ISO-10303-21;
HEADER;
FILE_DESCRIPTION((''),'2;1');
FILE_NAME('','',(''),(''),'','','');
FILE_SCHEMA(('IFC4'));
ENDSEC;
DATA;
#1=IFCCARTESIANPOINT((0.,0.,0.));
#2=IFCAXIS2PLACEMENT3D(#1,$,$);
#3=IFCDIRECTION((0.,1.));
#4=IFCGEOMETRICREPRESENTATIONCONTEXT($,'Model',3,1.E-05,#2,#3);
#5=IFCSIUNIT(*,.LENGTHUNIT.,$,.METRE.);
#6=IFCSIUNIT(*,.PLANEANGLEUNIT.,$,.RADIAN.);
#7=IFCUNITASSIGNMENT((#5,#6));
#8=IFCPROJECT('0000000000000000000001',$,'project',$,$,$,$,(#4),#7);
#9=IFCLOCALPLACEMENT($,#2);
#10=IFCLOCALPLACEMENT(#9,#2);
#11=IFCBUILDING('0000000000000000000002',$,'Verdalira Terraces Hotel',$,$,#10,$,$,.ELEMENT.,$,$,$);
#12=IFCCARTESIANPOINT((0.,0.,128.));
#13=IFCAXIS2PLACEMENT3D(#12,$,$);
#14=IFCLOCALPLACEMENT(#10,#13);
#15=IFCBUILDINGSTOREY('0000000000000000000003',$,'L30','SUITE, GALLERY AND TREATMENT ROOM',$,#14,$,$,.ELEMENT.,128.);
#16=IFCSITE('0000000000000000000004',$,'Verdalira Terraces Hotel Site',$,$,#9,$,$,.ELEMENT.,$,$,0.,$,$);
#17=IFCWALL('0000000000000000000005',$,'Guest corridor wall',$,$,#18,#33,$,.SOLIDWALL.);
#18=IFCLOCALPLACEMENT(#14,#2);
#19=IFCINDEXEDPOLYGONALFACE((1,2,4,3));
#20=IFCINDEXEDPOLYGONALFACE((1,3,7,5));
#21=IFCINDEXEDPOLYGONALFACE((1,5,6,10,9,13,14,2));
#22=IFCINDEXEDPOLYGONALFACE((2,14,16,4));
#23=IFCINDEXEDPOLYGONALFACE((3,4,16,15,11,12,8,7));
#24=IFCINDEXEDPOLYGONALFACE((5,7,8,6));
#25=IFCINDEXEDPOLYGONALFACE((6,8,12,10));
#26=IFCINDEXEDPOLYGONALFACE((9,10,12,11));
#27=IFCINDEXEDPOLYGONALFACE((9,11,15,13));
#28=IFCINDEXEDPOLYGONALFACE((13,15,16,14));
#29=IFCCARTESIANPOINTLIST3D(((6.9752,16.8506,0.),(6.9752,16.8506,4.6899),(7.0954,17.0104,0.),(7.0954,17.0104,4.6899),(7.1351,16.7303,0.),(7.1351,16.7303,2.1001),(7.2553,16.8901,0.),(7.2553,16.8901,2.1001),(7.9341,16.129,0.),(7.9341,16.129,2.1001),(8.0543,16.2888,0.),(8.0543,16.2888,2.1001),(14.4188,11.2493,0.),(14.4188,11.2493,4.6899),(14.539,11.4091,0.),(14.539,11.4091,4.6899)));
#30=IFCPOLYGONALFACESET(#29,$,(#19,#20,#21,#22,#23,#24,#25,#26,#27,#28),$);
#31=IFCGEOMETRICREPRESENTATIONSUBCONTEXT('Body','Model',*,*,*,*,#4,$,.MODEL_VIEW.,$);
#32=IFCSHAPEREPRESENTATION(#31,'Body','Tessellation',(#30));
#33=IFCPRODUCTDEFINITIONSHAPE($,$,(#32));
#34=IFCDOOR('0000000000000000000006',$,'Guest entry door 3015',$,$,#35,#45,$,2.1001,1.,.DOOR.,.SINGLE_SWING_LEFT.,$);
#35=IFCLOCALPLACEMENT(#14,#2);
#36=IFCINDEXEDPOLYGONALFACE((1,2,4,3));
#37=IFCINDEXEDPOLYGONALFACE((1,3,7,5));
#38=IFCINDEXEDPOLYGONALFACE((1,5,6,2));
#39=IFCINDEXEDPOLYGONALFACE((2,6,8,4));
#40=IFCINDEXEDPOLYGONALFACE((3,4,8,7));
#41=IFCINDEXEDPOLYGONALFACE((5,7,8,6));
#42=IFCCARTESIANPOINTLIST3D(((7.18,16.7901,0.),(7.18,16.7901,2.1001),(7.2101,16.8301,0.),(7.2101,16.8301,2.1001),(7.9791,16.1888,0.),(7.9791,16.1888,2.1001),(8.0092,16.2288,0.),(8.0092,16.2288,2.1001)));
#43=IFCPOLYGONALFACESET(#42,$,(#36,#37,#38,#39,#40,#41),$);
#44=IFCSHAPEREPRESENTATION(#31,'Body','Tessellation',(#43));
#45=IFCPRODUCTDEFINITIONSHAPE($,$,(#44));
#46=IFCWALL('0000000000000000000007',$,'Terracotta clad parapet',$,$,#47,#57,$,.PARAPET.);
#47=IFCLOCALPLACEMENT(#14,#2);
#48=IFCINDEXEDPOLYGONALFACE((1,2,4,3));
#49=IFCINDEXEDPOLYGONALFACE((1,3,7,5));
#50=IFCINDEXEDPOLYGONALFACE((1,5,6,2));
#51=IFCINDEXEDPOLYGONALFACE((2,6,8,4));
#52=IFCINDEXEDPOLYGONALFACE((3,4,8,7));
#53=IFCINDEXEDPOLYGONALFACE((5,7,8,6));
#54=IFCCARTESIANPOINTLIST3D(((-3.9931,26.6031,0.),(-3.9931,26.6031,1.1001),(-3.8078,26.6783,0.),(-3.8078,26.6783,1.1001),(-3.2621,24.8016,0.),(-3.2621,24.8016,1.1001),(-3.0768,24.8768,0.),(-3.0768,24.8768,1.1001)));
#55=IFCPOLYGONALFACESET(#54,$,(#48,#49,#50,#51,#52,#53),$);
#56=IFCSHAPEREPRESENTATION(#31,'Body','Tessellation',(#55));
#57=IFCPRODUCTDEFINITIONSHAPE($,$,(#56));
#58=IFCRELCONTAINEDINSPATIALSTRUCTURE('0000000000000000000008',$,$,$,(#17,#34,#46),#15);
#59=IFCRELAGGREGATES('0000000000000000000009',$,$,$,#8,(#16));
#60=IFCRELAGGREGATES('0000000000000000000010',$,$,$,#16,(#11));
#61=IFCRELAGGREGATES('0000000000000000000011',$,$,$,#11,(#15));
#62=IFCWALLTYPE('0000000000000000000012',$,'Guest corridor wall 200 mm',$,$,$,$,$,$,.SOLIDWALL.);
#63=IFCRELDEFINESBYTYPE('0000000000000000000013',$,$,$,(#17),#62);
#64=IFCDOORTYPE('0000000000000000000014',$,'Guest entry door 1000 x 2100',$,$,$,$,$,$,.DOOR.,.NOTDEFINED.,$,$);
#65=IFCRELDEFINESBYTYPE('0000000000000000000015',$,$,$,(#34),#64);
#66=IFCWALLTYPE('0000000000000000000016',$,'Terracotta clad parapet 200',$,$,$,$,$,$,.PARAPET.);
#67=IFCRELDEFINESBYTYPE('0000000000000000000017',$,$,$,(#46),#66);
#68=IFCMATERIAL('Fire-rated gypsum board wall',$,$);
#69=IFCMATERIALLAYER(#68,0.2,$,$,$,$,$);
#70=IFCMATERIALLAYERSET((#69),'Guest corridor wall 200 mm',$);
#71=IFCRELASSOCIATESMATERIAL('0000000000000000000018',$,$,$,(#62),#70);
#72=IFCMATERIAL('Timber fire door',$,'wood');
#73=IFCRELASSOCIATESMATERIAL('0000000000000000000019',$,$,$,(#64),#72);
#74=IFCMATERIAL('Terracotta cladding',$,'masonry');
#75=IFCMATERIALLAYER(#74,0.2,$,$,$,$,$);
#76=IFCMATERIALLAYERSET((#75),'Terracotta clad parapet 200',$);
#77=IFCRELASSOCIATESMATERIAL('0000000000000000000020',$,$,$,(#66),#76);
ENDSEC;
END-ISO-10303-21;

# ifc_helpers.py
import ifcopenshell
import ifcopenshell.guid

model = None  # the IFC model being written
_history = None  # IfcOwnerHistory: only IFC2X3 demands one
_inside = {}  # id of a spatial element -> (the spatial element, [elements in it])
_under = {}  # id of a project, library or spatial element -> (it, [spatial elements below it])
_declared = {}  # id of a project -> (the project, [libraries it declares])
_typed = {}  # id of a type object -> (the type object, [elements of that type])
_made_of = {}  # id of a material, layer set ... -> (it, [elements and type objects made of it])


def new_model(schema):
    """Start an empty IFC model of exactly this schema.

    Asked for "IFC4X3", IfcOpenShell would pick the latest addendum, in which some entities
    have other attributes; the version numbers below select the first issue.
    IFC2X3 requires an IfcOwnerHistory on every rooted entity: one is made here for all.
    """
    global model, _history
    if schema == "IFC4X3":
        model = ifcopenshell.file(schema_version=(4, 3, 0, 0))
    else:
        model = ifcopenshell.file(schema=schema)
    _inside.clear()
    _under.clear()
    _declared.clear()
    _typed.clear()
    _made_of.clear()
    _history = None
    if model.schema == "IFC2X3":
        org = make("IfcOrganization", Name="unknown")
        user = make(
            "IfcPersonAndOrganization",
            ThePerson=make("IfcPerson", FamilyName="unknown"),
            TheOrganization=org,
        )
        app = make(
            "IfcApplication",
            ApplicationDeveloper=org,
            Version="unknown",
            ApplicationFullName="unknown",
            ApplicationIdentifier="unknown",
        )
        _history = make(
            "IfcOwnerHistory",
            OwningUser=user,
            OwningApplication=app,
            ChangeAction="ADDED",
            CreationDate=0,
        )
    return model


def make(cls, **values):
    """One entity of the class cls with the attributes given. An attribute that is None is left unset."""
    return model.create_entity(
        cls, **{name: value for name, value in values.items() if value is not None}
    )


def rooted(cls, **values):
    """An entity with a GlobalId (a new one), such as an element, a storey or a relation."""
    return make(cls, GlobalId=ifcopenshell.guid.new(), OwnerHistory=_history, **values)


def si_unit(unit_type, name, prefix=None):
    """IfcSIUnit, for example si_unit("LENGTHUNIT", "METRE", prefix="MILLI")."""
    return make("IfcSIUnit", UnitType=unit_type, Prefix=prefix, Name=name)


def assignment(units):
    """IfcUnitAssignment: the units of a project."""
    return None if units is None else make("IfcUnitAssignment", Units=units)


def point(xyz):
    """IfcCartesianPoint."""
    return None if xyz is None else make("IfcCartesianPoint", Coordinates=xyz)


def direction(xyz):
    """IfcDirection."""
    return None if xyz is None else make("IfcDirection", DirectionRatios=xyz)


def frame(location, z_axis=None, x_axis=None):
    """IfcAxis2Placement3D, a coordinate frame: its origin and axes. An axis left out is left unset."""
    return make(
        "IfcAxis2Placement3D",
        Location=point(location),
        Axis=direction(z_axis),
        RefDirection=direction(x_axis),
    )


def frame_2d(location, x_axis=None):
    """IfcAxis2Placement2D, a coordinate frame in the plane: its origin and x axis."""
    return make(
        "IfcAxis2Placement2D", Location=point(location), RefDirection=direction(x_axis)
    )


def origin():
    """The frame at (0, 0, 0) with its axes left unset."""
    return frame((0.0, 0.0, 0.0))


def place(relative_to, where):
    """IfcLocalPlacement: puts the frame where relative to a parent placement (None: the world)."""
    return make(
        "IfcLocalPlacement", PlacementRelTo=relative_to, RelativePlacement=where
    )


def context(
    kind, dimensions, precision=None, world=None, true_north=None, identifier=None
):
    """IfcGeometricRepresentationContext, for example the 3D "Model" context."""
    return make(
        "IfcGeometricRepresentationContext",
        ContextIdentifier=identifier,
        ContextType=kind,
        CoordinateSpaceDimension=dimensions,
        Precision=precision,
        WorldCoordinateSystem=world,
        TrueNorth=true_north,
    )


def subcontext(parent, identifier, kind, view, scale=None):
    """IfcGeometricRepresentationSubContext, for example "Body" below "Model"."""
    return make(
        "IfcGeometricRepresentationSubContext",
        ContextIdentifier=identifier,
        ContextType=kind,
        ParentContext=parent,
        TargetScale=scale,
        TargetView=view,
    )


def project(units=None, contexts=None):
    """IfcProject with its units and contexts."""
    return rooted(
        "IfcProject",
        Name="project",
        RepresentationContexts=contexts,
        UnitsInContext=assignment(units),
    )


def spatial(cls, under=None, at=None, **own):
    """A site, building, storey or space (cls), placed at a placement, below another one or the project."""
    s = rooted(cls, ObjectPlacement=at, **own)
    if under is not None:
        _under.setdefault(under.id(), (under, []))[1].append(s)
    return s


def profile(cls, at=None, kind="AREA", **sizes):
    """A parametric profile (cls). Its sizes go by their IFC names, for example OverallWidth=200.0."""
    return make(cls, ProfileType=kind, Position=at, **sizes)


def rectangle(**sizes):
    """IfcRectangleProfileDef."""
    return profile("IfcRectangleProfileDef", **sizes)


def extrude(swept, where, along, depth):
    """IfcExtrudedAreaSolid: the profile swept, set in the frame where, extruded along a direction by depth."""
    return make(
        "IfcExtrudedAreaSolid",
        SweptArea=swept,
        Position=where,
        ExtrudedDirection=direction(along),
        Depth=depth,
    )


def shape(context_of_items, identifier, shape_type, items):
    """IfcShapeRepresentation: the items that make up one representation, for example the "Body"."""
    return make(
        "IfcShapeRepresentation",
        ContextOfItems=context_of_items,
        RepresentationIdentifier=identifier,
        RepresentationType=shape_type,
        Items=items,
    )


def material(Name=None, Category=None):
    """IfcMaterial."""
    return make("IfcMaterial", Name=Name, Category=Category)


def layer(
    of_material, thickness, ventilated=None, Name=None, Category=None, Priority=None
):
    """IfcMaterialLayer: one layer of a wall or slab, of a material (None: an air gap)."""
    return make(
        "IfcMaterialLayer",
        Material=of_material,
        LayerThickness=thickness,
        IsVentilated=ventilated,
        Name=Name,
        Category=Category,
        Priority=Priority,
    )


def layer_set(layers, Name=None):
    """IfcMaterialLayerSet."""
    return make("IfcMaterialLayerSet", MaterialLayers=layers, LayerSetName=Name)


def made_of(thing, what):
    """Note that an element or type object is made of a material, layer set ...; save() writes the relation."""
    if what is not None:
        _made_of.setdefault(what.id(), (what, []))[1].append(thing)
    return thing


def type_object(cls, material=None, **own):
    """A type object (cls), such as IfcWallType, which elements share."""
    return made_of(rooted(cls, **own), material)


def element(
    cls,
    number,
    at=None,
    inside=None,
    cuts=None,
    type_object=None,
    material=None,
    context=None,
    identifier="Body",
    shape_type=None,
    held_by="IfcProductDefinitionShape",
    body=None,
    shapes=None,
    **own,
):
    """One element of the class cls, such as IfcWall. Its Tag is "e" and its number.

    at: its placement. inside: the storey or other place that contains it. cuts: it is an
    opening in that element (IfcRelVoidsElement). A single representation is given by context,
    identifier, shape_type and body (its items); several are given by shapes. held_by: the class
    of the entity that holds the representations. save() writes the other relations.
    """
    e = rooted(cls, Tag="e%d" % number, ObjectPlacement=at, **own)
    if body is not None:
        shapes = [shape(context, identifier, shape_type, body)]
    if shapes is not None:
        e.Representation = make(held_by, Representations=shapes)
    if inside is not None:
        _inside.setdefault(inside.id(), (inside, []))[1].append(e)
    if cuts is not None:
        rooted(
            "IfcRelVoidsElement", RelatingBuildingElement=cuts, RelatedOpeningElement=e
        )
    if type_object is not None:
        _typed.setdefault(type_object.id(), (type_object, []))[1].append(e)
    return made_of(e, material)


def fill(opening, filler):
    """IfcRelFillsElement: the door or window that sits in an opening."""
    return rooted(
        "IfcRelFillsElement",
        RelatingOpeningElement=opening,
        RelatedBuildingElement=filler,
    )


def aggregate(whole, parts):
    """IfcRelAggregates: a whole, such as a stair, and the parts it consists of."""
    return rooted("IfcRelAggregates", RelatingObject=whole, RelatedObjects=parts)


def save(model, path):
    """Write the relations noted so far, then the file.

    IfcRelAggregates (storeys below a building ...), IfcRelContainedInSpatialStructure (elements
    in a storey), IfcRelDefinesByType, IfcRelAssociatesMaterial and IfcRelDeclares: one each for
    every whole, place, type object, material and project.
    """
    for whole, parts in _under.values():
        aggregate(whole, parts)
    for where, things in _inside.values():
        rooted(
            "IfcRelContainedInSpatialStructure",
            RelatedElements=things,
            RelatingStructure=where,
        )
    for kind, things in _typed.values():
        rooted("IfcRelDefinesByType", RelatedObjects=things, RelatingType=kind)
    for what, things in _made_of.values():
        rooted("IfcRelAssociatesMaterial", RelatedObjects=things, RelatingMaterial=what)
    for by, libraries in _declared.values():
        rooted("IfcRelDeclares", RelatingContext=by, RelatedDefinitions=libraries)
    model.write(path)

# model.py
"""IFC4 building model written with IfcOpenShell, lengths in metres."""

from ifc_helpers import new_model, si_unit, direction, frame, frame_2d, origin, place, context, subcontext, project, spatial, rectangle, extrude, material, layer, layer_set, type_object, element, fill, save


model = new_model("IFC4")

# Units and contexts
model_context = context("Model", 3, precision=1e-05, world=origin(), true_north=direction((0.0, 1.0)))
body_context = subcontext(model_context, "Body", "Model", "MODEL_VIEW")
ifc_project = project(units=[si_unit("LENGTHUNIT", "METRE"), si_unit("PLANEANGLEUNIT", "RADIAN")], contexts=[model_context])

# Site, building, storey
site_placement = place(None, origin())
site = spatial("IfcSite", under=ifc_project, at=site_placement, Name="Verdalira Terraces Hotel Site", CompositionType="ELEMENT", RefElevation=0.0)
building_placement = place(site_placement, origin())
building = spatial("IfcBuilding", under=site, at=building_placement, Name="Verdalira Terraces Hotel", CompositionType="ELEMENT")
storey_placement = place(building_placement, frame((0.0, 0.0, 128.0)))
storey = spatial("IfcBuildingStorey", under=building, at=storey_placement, Name="L30", Description="SUITE, GALLERY AND TREATMENT ROOM", CompositionType="ELEMENT", Elevation=128.0)

# Shared definitions
ifc_material_1 = material(Name="Fire-rated gypsum board wall")
ifc_layer_1 = layer(ifc_material_1, 0.2)
ifc_layer_set_1 = layer_set([ifc_layer_1], Name="Guest corridor wall 200 mm")
wall_type_1 = type_object("IfcWallType", Name="Guest corridor wall 200 mm", PredefinedType="SOLIDWALL", material=ifc_layer_set_1)

# Wall, opening, door
wall_1_placement = place(storey_placement, frame((7.0354, 16.9304, 0.0), z_axis=(0.0, 0.0, 1.0), x_axis=(0.79904, -0.601278, 0.0)))
wall_1 = element("IfcWall", 1, at=wall_1_placement, inside=storey, type_object=wall_type_1, Name="Guest corridor wall", PredefinedType="SOLIDWALL", context=body_context, shape_type="SweptSolid", body=[
    extrude(rectangle(XDim=9.3157, YDim=0.2, at=frame_2d((4.6577, 0.0))), origin(), (0.0, 0.0, 1.0), 4.6899),
])
opening_1_placement = place(wall_1_placement, frame((0.2, 0.0, 0.0)))
opening_1 = element("IfcOpeningElement", 2, at=opening_1_placement, cuts=wall_1, PredefinedType="OPENING", context=body_context, shape_type="SweptSolid", body=[
    extrude(rectangle(XDim=1.0, YDim=2.1001, at=frame_2d((0.5, 1.05))), frame((0.0, 0.1099, 0.0), z_axis=(0.0, -1.0, 0.0), x_axis=(1.0, 0.0, 0.0)), (0.0, 0.0, 1.0), 0.22),
])
ifc_material_2 = material(Name="Timber fire door", Category="wood")
door_type_1 = type_object("IfcDoorType", Name="Guest entry door 1000 x 2100", OperationType="NOTDEFINED", PredefinedType="DOOR", material=ifc_material_2)
door_1_placement = place(opening_1_placement, origin())
door_1 = element("IfcDoor", 3, at=door_1_placement, inside=storey, type_object=door_type_1, Name="Guest entry door 3015", OperationType="SINGLE_SWING_LEFT", OverallHeight=2.1001, OverallWidth=1.0, PredefinedType="DOOR", context=body_context, shape_type="SweptSolid", body=[
    extrude(rectangle(XDim=1.0, YDim=2.1001, at=frame_2d((0.5, 1.05))), frame((0.0, 0.0249, 0.0), z_axis=(0.0, -1.0, 0.0), x_axis=(1.0, 0.0, 0.0)), (0.0, 0.0, 1.0), 0.05),
])
fill(opening_1, door_1)

# Wall
ifc_material_3 = material(Name="Terracotta cladding", Category="masonry")
ifc_layer_2 = layer(ifc_material_3, 0.2)
ifc_layer_set_2 = layer_set([ifc_layer_2], Name="Terracotta clad parapet 200")
wall_type_2 = type_object("IfcWallType", Name="Terracotta clad parapet 200", PredefinedType="PARAPET", material=ifc_layer_set_2)
wall_2_placement = place(storey_placement, frame((-3.1694, 24.8391, 0.0), z_axis=(0.0, 0.0, 1.0), x_axis=(-0.375976, 0.926629, 0.0)))
element("IfcWall", 4, at=wall_2_placement, inside=storey, type_object=wall_type_2, Name="Terracotta clad parapet", PredefinedType="PARAPET", context=body_context, shape_type="SweptSolid", body=[
    extrude(rectangle(XDim=1.9441, YDim=0.2, at=frame_2d((0.9722, 0.0))), origin(), (0.0, 0.0, 1.0), 1.1001),
])

save(model, "model.ifc")
